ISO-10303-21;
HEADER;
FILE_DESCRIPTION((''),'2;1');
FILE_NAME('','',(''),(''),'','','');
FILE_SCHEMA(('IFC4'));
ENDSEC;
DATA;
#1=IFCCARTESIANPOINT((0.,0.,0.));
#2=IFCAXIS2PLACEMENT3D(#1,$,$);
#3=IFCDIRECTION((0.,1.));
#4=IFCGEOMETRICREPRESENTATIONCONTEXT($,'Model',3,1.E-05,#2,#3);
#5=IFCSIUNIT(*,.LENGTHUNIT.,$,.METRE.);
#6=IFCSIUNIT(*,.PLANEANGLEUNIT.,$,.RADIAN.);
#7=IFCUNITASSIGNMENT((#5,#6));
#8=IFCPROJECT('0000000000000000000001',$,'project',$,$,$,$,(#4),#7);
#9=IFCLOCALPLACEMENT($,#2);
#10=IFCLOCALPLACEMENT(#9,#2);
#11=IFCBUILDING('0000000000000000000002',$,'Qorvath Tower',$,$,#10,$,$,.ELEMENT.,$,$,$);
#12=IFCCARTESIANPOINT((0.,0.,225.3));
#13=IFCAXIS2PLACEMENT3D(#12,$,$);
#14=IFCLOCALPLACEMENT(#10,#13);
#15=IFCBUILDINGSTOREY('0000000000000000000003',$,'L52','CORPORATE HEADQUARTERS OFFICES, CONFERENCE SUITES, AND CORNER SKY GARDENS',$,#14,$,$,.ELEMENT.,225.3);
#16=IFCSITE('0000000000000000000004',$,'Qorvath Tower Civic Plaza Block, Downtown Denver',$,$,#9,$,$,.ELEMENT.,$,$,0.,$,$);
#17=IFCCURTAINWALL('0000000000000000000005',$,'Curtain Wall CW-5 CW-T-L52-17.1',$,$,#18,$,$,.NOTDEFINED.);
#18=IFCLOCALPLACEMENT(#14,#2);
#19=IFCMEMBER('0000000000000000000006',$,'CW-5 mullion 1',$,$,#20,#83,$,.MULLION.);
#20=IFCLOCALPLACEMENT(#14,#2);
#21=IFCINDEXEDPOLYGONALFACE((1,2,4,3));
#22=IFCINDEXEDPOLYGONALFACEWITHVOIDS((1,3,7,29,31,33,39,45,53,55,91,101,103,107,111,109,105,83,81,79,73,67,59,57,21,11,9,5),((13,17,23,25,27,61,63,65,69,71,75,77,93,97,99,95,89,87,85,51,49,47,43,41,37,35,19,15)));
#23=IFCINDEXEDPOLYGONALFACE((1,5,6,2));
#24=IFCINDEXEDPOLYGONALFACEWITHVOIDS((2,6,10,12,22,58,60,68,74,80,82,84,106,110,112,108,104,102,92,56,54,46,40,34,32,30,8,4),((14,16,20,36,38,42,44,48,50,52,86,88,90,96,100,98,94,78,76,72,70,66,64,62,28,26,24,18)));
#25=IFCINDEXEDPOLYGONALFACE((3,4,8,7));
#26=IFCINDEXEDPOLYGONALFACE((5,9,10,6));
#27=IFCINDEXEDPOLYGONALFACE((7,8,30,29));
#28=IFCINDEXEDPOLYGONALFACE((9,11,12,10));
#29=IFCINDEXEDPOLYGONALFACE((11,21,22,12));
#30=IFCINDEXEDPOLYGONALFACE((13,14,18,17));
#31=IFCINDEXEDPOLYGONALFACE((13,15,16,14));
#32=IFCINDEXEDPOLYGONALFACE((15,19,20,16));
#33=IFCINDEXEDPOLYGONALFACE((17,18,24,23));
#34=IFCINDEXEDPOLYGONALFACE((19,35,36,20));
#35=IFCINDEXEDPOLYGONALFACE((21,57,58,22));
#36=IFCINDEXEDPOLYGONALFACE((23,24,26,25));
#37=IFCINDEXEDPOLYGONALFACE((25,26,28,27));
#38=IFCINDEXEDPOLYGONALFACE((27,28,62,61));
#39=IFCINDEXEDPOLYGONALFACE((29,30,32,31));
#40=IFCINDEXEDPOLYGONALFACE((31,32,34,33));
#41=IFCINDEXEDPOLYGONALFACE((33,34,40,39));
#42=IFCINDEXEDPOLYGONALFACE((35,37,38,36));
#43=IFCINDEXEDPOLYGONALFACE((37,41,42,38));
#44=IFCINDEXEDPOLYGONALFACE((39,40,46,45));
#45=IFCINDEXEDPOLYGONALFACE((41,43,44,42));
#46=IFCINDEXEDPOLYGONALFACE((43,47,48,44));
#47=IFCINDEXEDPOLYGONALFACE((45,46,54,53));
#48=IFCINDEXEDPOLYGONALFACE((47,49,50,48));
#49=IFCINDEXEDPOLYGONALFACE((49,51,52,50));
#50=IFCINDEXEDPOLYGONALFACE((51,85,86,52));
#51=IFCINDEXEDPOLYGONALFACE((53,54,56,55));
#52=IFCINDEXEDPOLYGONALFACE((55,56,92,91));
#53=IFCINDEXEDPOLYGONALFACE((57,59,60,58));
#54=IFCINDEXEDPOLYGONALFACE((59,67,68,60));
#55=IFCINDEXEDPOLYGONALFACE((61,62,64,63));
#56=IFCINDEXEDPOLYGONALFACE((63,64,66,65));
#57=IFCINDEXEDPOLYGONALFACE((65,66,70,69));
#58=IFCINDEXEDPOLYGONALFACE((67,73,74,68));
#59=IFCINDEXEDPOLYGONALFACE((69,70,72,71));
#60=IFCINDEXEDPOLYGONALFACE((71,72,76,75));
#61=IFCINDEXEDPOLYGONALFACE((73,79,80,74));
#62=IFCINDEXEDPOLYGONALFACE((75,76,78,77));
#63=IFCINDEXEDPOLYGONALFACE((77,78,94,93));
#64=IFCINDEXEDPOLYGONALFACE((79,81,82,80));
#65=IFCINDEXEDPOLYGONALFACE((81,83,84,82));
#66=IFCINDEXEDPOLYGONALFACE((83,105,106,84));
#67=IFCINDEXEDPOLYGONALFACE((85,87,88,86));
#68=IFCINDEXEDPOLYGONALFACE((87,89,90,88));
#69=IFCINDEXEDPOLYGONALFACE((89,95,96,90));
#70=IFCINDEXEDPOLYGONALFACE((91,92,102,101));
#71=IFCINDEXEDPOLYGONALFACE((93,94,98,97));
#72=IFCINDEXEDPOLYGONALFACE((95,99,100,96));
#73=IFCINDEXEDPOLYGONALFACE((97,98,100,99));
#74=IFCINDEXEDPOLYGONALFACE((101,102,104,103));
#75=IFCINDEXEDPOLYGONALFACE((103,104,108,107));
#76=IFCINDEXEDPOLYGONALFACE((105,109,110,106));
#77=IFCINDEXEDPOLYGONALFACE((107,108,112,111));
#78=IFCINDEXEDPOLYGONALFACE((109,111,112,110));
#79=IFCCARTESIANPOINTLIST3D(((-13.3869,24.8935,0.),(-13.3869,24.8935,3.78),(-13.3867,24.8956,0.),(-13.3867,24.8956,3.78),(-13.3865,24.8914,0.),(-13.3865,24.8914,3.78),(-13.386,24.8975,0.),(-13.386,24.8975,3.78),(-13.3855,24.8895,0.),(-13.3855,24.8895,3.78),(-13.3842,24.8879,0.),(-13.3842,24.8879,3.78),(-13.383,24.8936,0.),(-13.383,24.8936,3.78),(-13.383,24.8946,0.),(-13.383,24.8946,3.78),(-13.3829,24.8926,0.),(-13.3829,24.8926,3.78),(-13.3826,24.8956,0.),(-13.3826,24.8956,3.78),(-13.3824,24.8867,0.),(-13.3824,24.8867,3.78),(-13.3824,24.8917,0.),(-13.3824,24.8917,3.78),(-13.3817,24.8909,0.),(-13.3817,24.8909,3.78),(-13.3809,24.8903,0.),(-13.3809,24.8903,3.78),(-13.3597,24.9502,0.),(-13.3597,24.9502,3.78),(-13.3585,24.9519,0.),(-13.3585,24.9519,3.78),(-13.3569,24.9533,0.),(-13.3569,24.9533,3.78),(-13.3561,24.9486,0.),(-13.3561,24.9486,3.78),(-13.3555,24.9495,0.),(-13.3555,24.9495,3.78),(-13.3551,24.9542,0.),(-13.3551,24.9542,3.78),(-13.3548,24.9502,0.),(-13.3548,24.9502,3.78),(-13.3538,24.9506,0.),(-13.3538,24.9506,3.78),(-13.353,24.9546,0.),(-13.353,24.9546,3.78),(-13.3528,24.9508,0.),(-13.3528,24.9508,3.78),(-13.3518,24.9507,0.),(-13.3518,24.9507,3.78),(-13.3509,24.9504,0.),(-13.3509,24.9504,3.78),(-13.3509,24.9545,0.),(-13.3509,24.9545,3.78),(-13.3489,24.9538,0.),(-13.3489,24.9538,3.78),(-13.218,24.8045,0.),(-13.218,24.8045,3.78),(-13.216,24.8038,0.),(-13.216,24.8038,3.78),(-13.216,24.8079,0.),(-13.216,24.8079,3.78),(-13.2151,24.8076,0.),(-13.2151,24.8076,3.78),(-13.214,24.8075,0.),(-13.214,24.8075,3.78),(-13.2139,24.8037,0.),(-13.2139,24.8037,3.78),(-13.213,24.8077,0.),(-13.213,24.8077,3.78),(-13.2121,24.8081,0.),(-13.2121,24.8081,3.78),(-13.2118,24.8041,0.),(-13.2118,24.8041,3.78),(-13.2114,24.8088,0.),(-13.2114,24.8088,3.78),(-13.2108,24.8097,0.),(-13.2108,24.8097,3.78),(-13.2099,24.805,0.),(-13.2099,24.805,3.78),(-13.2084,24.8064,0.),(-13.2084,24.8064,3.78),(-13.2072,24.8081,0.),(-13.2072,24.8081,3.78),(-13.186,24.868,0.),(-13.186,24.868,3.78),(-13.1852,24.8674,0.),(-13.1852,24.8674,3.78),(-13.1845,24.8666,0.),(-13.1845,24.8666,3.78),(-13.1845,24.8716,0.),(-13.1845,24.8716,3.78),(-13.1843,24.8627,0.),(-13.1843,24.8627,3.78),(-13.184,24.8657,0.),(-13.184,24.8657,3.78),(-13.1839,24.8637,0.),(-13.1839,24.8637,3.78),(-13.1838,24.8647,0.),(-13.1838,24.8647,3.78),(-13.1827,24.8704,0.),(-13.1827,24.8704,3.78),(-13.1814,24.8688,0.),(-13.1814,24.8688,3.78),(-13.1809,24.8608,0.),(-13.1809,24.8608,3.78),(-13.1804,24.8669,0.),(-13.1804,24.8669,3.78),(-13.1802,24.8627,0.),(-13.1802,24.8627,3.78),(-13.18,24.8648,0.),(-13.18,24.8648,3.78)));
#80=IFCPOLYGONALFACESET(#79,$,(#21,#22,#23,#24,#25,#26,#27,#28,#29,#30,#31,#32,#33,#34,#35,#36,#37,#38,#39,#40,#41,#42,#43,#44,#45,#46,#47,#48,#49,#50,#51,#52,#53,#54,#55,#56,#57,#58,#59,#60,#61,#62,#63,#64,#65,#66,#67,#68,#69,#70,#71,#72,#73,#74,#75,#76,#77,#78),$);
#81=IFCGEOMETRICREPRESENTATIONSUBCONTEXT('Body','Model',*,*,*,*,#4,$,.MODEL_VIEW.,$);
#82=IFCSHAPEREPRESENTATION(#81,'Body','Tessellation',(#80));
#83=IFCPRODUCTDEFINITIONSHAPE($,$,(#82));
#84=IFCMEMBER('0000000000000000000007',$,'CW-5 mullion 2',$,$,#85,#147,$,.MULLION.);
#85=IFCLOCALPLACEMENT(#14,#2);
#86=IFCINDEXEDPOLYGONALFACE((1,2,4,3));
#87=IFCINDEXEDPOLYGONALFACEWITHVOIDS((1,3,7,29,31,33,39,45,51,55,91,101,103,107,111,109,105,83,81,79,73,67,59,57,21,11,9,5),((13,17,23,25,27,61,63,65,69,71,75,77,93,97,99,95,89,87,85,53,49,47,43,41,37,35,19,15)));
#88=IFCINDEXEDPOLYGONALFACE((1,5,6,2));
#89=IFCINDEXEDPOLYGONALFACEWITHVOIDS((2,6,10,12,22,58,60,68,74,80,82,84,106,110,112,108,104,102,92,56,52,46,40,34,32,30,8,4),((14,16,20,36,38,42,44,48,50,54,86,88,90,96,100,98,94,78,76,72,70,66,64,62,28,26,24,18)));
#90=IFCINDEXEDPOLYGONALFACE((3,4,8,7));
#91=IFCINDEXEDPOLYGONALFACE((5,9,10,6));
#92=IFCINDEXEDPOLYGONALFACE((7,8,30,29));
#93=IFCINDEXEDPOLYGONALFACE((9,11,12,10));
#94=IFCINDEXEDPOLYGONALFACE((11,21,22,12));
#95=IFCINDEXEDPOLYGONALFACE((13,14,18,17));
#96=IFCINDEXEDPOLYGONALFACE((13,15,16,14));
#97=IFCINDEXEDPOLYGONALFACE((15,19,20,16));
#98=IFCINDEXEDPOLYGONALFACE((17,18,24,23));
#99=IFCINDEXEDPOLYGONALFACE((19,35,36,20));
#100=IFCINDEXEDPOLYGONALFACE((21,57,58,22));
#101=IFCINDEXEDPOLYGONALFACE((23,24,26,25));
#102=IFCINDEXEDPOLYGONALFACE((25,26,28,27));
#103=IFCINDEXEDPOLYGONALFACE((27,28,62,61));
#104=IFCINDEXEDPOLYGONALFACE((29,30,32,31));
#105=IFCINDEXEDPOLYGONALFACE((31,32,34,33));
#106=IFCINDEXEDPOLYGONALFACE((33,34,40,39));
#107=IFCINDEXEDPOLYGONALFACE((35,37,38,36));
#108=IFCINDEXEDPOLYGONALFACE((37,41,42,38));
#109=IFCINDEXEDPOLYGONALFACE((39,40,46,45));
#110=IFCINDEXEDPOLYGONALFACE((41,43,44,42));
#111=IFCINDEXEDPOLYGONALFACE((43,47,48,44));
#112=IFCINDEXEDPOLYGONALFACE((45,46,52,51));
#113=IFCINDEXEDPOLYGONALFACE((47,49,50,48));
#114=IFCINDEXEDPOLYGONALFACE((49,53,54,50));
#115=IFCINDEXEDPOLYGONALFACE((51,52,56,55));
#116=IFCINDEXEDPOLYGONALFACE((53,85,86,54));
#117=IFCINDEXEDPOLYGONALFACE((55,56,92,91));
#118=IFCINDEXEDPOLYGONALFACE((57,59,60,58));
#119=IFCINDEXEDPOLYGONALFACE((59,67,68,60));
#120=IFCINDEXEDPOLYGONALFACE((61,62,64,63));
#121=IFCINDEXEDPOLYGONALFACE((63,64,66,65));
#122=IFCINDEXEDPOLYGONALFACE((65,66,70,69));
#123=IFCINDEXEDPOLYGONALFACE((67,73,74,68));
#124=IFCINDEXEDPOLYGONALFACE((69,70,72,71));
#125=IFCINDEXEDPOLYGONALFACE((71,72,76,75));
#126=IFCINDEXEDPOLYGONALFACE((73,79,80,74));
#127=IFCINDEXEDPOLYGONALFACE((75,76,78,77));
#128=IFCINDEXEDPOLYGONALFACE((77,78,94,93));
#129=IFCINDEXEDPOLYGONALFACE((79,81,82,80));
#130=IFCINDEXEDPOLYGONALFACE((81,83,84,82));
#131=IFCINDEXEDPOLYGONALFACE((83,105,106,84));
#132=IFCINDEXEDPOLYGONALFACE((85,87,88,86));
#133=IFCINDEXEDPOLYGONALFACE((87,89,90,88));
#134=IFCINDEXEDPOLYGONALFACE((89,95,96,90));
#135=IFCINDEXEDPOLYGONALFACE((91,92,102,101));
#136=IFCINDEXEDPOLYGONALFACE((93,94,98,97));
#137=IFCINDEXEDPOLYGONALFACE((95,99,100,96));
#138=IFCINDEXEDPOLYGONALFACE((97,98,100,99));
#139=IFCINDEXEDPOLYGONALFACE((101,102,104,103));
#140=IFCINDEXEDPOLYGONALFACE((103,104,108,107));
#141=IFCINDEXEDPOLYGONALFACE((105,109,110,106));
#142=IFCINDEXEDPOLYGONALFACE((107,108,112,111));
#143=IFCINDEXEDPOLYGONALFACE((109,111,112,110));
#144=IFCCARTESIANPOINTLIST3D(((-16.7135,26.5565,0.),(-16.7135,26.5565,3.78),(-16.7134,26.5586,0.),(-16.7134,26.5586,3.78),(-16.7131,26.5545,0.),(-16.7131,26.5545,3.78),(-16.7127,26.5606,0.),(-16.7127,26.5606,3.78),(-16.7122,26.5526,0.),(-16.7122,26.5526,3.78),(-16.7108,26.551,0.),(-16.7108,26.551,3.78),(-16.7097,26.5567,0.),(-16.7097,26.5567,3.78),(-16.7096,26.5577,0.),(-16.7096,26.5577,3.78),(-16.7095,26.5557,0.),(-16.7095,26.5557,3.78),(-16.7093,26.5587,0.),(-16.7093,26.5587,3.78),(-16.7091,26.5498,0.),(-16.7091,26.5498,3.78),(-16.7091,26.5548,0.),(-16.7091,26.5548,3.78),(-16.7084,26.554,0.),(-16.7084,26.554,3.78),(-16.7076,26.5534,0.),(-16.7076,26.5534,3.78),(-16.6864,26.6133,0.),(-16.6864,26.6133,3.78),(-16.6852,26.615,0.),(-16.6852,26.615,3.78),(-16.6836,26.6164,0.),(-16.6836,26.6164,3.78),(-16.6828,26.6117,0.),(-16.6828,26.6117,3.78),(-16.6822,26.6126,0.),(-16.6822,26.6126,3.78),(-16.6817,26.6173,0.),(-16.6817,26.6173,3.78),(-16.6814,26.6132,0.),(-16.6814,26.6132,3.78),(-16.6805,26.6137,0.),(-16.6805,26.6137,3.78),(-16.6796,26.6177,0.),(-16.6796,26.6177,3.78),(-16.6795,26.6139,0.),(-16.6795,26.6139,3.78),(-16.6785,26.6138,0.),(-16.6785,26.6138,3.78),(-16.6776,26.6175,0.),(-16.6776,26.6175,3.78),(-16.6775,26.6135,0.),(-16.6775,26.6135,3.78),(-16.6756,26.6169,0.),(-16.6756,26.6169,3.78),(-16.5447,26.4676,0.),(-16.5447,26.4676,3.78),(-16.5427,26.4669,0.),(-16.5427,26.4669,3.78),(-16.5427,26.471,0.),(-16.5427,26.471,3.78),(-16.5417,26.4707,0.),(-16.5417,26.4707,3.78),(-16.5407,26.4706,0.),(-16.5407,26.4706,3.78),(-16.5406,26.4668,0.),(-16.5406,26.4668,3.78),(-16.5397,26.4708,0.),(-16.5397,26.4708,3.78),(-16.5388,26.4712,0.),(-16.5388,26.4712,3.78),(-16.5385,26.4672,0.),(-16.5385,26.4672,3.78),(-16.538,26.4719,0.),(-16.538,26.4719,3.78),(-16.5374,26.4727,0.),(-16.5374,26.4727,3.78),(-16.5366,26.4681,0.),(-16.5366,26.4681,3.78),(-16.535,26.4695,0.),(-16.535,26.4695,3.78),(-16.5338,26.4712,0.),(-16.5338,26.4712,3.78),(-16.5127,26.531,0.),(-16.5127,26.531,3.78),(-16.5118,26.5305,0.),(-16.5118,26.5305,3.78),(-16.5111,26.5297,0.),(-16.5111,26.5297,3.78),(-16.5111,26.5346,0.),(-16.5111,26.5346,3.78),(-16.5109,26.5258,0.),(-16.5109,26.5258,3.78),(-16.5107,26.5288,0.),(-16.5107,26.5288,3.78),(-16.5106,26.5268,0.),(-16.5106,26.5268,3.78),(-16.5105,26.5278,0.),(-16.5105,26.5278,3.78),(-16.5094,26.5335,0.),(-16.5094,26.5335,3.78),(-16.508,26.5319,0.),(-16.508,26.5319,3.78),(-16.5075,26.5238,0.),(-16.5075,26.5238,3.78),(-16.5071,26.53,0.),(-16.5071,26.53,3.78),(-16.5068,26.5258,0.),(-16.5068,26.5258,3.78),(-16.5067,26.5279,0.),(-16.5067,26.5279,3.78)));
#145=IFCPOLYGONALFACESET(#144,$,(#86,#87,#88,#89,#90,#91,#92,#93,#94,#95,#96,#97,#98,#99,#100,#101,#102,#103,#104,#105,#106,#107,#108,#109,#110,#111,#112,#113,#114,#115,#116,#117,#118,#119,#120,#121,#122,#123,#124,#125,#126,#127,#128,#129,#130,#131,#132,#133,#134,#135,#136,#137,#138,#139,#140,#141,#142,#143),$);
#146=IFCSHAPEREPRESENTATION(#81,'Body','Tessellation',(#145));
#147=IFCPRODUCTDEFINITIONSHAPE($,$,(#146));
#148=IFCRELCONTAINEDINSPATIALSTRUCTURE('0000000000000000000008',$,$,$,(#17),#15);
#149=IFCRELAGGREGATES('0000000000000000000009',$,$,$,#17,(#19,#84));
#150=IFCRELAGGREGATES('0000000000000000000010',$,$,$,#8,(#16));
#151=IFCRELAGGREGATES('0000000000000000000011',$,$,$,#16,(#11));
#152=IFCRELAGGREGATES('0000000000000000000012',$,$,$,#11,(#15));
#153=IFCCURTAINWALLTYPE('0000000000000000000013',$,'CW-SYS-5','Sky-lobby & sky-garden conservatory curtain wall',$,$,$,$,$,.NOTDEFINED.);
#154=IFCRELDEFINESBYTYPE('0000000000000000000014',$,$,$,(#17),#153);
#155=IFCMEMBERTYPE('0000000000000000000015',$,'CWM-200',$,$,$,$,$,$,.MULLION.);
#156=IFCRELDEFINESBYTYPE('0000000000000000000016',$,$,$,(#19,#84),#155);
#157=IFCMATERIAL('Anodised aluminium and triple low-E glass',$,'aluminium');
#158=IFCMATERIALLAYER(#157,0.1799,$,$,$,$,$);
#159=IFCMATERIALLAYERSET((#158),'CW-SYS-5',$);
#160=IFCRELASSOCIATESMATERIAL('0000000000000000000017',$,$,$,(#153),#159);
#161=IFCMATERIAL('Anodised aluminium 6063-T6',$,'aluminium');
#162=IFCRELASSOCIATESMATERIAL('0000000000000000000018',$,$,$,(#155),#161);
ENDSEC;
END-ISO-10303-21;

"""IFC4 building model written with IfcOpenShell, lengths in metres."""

from ifc_helpers import new_model, si_unit, direction, frame, origin, origin_2d, place, context, subcontext, project, spatial, hollow_rectangle, extrude, material, layer, layer_set, material_profile, profile_set, type_object, element, aggregate, save


model = new_model("IFC4")

# Units and contexts
model_context = context("Model", 3, precision=1e-05, world=origin(), true_north=direction((0.0, 1.0)))
body_context = subcontext(model_context, "Body", "Model", "MODEL_VIEW")
ifc_project = project(units=[si_unit("LENGTHUNIT", "METRE"), si_unit("PLANEANGLEUNIT", "RADIAN")], contexts=[model_context])

# Site, building, storey
site_placement = place(None, origin())
site = spatial("IfcSite", under=ifc_project, at=site_placement, Name="Qorvath Tower Civic Plaza Block, Downtown Denver", CompositionType="ELEMENT", RefElevation=0.0)
building_placement = place(site_placement, origin())
building = spatial("IfcBuilding", under=site, at=building_placement, Name="Qorvath Tower", CompositionType="ELEMENT")
storey_placement = place(building_placement, frame((0.0, 0.0, 225.3)))
storey = spatial("IfcBuildingStorey", under=building, at=storey_placement, Name="L52", Description="CORPORATE HEADQUARTERS OFFICES, CONFERENCE SUITES, AND CORNER SKY GARDENS", CompositionType="ELEMENT", Elevation=225.3)

# Shared definitions
ifc_material_1 = material(Name="Anodised aluminium and triple low-E glass", Category="aluminium")
ifc_layer_1 = layer(ifc_material_1, 0.1799)
ifc_layer_set_1 = layer_set([ifc_layer_1], Name="CW-SYS-5")
curtain_wall_type = type_object("IfcCurtainWallType", Name="CW-SYS-5", Description="Sky-lobby & sky-garden conservatory curtain wall", PredefinedType="NOTDEFINED", material=ifc_layer_set_1)
ifc_material_2 = material(Name="Anodised aluminium 6063-T6", Category="aluminium")
ifc_material_profile_1 = material_profile(ifc_material_2, hollow_rectangle(XDim=0.075, YDim=0.2, WallThickness=0.0039, InnerFilletRadius=0.0039, OuterFilletRadius=0.0081, at=origin_2d()), Name="CWM 200x75")
ifc_profile_set_1 = profile_set([ifc_material_profile_1], Name="Anodised aluminium 6063-T6")
member_type_1 = type_object("IfcMemberType", Name="CWM-200", PredefinedType="MULLION", material=ifc_profile_set_1)

# Curtain wall, members
curtain_wall_1_placement = place(storey_placement, origin())
curtain_wall_1 = element("IfcCurtainWall", 1, at=curtain_wall_1_placement, inside=storey, type_object=curtain_wall_type, Name="Curtain Wall CW-5 CW-T-L52-17.1", PredefinedType="NOTDEFINED")
member_1_placement = place(storey_placement, frame((-13.2834, 24.8792, 0.0), z_axis=(0.0, 0.0, 1.0), x_axis=(-0.447214, -0.894427, 0.0)))
member_1 = element("IfcMember", 2, at=member_1_placement, type_object=member_type_1, Name="CW-5 mullion 1", PredefinedType="MULLION", context=body_context, shape_type="SweptSolid", body=[
    extrude(hollow_rectangle(XDim=0.075, YDim=0.2, WallThickness=0.0039, InnerFilletRadius=0.0039, OuterFilletRadius=0.0081, at=origin_2d()), origin(), (0.0, 0.0, 1.0), 3.78),
])
member_2_placement = place(storey_placement, frame((-16.6101, 26.5422, 0.0), z_axis=(0.0, 0.0, 1.0), x_axis=(-0.447214, -0.894427, 0.0)))
member_2 = element("IfcMember", 3, at=member_2_placement, type_object=member_type_1, Name="CW-5 mullion 2", PredefinedType="MULLION", context=body_context, shape_type="SweptSolid", body=[
    extrude(hollow_rectangle(XDim=0.075, YDim=0.2, WallThickness=0.0039, InnerFilletRadius=0.0039, OuterFilletRadius=0.0081, at=origin_2d()), origin(), (0.0, 0.0, 1.0), 3.78),
])

aggregate(curtain_wall_1, [member_1, member_2])

save(model, "model.ifc")
